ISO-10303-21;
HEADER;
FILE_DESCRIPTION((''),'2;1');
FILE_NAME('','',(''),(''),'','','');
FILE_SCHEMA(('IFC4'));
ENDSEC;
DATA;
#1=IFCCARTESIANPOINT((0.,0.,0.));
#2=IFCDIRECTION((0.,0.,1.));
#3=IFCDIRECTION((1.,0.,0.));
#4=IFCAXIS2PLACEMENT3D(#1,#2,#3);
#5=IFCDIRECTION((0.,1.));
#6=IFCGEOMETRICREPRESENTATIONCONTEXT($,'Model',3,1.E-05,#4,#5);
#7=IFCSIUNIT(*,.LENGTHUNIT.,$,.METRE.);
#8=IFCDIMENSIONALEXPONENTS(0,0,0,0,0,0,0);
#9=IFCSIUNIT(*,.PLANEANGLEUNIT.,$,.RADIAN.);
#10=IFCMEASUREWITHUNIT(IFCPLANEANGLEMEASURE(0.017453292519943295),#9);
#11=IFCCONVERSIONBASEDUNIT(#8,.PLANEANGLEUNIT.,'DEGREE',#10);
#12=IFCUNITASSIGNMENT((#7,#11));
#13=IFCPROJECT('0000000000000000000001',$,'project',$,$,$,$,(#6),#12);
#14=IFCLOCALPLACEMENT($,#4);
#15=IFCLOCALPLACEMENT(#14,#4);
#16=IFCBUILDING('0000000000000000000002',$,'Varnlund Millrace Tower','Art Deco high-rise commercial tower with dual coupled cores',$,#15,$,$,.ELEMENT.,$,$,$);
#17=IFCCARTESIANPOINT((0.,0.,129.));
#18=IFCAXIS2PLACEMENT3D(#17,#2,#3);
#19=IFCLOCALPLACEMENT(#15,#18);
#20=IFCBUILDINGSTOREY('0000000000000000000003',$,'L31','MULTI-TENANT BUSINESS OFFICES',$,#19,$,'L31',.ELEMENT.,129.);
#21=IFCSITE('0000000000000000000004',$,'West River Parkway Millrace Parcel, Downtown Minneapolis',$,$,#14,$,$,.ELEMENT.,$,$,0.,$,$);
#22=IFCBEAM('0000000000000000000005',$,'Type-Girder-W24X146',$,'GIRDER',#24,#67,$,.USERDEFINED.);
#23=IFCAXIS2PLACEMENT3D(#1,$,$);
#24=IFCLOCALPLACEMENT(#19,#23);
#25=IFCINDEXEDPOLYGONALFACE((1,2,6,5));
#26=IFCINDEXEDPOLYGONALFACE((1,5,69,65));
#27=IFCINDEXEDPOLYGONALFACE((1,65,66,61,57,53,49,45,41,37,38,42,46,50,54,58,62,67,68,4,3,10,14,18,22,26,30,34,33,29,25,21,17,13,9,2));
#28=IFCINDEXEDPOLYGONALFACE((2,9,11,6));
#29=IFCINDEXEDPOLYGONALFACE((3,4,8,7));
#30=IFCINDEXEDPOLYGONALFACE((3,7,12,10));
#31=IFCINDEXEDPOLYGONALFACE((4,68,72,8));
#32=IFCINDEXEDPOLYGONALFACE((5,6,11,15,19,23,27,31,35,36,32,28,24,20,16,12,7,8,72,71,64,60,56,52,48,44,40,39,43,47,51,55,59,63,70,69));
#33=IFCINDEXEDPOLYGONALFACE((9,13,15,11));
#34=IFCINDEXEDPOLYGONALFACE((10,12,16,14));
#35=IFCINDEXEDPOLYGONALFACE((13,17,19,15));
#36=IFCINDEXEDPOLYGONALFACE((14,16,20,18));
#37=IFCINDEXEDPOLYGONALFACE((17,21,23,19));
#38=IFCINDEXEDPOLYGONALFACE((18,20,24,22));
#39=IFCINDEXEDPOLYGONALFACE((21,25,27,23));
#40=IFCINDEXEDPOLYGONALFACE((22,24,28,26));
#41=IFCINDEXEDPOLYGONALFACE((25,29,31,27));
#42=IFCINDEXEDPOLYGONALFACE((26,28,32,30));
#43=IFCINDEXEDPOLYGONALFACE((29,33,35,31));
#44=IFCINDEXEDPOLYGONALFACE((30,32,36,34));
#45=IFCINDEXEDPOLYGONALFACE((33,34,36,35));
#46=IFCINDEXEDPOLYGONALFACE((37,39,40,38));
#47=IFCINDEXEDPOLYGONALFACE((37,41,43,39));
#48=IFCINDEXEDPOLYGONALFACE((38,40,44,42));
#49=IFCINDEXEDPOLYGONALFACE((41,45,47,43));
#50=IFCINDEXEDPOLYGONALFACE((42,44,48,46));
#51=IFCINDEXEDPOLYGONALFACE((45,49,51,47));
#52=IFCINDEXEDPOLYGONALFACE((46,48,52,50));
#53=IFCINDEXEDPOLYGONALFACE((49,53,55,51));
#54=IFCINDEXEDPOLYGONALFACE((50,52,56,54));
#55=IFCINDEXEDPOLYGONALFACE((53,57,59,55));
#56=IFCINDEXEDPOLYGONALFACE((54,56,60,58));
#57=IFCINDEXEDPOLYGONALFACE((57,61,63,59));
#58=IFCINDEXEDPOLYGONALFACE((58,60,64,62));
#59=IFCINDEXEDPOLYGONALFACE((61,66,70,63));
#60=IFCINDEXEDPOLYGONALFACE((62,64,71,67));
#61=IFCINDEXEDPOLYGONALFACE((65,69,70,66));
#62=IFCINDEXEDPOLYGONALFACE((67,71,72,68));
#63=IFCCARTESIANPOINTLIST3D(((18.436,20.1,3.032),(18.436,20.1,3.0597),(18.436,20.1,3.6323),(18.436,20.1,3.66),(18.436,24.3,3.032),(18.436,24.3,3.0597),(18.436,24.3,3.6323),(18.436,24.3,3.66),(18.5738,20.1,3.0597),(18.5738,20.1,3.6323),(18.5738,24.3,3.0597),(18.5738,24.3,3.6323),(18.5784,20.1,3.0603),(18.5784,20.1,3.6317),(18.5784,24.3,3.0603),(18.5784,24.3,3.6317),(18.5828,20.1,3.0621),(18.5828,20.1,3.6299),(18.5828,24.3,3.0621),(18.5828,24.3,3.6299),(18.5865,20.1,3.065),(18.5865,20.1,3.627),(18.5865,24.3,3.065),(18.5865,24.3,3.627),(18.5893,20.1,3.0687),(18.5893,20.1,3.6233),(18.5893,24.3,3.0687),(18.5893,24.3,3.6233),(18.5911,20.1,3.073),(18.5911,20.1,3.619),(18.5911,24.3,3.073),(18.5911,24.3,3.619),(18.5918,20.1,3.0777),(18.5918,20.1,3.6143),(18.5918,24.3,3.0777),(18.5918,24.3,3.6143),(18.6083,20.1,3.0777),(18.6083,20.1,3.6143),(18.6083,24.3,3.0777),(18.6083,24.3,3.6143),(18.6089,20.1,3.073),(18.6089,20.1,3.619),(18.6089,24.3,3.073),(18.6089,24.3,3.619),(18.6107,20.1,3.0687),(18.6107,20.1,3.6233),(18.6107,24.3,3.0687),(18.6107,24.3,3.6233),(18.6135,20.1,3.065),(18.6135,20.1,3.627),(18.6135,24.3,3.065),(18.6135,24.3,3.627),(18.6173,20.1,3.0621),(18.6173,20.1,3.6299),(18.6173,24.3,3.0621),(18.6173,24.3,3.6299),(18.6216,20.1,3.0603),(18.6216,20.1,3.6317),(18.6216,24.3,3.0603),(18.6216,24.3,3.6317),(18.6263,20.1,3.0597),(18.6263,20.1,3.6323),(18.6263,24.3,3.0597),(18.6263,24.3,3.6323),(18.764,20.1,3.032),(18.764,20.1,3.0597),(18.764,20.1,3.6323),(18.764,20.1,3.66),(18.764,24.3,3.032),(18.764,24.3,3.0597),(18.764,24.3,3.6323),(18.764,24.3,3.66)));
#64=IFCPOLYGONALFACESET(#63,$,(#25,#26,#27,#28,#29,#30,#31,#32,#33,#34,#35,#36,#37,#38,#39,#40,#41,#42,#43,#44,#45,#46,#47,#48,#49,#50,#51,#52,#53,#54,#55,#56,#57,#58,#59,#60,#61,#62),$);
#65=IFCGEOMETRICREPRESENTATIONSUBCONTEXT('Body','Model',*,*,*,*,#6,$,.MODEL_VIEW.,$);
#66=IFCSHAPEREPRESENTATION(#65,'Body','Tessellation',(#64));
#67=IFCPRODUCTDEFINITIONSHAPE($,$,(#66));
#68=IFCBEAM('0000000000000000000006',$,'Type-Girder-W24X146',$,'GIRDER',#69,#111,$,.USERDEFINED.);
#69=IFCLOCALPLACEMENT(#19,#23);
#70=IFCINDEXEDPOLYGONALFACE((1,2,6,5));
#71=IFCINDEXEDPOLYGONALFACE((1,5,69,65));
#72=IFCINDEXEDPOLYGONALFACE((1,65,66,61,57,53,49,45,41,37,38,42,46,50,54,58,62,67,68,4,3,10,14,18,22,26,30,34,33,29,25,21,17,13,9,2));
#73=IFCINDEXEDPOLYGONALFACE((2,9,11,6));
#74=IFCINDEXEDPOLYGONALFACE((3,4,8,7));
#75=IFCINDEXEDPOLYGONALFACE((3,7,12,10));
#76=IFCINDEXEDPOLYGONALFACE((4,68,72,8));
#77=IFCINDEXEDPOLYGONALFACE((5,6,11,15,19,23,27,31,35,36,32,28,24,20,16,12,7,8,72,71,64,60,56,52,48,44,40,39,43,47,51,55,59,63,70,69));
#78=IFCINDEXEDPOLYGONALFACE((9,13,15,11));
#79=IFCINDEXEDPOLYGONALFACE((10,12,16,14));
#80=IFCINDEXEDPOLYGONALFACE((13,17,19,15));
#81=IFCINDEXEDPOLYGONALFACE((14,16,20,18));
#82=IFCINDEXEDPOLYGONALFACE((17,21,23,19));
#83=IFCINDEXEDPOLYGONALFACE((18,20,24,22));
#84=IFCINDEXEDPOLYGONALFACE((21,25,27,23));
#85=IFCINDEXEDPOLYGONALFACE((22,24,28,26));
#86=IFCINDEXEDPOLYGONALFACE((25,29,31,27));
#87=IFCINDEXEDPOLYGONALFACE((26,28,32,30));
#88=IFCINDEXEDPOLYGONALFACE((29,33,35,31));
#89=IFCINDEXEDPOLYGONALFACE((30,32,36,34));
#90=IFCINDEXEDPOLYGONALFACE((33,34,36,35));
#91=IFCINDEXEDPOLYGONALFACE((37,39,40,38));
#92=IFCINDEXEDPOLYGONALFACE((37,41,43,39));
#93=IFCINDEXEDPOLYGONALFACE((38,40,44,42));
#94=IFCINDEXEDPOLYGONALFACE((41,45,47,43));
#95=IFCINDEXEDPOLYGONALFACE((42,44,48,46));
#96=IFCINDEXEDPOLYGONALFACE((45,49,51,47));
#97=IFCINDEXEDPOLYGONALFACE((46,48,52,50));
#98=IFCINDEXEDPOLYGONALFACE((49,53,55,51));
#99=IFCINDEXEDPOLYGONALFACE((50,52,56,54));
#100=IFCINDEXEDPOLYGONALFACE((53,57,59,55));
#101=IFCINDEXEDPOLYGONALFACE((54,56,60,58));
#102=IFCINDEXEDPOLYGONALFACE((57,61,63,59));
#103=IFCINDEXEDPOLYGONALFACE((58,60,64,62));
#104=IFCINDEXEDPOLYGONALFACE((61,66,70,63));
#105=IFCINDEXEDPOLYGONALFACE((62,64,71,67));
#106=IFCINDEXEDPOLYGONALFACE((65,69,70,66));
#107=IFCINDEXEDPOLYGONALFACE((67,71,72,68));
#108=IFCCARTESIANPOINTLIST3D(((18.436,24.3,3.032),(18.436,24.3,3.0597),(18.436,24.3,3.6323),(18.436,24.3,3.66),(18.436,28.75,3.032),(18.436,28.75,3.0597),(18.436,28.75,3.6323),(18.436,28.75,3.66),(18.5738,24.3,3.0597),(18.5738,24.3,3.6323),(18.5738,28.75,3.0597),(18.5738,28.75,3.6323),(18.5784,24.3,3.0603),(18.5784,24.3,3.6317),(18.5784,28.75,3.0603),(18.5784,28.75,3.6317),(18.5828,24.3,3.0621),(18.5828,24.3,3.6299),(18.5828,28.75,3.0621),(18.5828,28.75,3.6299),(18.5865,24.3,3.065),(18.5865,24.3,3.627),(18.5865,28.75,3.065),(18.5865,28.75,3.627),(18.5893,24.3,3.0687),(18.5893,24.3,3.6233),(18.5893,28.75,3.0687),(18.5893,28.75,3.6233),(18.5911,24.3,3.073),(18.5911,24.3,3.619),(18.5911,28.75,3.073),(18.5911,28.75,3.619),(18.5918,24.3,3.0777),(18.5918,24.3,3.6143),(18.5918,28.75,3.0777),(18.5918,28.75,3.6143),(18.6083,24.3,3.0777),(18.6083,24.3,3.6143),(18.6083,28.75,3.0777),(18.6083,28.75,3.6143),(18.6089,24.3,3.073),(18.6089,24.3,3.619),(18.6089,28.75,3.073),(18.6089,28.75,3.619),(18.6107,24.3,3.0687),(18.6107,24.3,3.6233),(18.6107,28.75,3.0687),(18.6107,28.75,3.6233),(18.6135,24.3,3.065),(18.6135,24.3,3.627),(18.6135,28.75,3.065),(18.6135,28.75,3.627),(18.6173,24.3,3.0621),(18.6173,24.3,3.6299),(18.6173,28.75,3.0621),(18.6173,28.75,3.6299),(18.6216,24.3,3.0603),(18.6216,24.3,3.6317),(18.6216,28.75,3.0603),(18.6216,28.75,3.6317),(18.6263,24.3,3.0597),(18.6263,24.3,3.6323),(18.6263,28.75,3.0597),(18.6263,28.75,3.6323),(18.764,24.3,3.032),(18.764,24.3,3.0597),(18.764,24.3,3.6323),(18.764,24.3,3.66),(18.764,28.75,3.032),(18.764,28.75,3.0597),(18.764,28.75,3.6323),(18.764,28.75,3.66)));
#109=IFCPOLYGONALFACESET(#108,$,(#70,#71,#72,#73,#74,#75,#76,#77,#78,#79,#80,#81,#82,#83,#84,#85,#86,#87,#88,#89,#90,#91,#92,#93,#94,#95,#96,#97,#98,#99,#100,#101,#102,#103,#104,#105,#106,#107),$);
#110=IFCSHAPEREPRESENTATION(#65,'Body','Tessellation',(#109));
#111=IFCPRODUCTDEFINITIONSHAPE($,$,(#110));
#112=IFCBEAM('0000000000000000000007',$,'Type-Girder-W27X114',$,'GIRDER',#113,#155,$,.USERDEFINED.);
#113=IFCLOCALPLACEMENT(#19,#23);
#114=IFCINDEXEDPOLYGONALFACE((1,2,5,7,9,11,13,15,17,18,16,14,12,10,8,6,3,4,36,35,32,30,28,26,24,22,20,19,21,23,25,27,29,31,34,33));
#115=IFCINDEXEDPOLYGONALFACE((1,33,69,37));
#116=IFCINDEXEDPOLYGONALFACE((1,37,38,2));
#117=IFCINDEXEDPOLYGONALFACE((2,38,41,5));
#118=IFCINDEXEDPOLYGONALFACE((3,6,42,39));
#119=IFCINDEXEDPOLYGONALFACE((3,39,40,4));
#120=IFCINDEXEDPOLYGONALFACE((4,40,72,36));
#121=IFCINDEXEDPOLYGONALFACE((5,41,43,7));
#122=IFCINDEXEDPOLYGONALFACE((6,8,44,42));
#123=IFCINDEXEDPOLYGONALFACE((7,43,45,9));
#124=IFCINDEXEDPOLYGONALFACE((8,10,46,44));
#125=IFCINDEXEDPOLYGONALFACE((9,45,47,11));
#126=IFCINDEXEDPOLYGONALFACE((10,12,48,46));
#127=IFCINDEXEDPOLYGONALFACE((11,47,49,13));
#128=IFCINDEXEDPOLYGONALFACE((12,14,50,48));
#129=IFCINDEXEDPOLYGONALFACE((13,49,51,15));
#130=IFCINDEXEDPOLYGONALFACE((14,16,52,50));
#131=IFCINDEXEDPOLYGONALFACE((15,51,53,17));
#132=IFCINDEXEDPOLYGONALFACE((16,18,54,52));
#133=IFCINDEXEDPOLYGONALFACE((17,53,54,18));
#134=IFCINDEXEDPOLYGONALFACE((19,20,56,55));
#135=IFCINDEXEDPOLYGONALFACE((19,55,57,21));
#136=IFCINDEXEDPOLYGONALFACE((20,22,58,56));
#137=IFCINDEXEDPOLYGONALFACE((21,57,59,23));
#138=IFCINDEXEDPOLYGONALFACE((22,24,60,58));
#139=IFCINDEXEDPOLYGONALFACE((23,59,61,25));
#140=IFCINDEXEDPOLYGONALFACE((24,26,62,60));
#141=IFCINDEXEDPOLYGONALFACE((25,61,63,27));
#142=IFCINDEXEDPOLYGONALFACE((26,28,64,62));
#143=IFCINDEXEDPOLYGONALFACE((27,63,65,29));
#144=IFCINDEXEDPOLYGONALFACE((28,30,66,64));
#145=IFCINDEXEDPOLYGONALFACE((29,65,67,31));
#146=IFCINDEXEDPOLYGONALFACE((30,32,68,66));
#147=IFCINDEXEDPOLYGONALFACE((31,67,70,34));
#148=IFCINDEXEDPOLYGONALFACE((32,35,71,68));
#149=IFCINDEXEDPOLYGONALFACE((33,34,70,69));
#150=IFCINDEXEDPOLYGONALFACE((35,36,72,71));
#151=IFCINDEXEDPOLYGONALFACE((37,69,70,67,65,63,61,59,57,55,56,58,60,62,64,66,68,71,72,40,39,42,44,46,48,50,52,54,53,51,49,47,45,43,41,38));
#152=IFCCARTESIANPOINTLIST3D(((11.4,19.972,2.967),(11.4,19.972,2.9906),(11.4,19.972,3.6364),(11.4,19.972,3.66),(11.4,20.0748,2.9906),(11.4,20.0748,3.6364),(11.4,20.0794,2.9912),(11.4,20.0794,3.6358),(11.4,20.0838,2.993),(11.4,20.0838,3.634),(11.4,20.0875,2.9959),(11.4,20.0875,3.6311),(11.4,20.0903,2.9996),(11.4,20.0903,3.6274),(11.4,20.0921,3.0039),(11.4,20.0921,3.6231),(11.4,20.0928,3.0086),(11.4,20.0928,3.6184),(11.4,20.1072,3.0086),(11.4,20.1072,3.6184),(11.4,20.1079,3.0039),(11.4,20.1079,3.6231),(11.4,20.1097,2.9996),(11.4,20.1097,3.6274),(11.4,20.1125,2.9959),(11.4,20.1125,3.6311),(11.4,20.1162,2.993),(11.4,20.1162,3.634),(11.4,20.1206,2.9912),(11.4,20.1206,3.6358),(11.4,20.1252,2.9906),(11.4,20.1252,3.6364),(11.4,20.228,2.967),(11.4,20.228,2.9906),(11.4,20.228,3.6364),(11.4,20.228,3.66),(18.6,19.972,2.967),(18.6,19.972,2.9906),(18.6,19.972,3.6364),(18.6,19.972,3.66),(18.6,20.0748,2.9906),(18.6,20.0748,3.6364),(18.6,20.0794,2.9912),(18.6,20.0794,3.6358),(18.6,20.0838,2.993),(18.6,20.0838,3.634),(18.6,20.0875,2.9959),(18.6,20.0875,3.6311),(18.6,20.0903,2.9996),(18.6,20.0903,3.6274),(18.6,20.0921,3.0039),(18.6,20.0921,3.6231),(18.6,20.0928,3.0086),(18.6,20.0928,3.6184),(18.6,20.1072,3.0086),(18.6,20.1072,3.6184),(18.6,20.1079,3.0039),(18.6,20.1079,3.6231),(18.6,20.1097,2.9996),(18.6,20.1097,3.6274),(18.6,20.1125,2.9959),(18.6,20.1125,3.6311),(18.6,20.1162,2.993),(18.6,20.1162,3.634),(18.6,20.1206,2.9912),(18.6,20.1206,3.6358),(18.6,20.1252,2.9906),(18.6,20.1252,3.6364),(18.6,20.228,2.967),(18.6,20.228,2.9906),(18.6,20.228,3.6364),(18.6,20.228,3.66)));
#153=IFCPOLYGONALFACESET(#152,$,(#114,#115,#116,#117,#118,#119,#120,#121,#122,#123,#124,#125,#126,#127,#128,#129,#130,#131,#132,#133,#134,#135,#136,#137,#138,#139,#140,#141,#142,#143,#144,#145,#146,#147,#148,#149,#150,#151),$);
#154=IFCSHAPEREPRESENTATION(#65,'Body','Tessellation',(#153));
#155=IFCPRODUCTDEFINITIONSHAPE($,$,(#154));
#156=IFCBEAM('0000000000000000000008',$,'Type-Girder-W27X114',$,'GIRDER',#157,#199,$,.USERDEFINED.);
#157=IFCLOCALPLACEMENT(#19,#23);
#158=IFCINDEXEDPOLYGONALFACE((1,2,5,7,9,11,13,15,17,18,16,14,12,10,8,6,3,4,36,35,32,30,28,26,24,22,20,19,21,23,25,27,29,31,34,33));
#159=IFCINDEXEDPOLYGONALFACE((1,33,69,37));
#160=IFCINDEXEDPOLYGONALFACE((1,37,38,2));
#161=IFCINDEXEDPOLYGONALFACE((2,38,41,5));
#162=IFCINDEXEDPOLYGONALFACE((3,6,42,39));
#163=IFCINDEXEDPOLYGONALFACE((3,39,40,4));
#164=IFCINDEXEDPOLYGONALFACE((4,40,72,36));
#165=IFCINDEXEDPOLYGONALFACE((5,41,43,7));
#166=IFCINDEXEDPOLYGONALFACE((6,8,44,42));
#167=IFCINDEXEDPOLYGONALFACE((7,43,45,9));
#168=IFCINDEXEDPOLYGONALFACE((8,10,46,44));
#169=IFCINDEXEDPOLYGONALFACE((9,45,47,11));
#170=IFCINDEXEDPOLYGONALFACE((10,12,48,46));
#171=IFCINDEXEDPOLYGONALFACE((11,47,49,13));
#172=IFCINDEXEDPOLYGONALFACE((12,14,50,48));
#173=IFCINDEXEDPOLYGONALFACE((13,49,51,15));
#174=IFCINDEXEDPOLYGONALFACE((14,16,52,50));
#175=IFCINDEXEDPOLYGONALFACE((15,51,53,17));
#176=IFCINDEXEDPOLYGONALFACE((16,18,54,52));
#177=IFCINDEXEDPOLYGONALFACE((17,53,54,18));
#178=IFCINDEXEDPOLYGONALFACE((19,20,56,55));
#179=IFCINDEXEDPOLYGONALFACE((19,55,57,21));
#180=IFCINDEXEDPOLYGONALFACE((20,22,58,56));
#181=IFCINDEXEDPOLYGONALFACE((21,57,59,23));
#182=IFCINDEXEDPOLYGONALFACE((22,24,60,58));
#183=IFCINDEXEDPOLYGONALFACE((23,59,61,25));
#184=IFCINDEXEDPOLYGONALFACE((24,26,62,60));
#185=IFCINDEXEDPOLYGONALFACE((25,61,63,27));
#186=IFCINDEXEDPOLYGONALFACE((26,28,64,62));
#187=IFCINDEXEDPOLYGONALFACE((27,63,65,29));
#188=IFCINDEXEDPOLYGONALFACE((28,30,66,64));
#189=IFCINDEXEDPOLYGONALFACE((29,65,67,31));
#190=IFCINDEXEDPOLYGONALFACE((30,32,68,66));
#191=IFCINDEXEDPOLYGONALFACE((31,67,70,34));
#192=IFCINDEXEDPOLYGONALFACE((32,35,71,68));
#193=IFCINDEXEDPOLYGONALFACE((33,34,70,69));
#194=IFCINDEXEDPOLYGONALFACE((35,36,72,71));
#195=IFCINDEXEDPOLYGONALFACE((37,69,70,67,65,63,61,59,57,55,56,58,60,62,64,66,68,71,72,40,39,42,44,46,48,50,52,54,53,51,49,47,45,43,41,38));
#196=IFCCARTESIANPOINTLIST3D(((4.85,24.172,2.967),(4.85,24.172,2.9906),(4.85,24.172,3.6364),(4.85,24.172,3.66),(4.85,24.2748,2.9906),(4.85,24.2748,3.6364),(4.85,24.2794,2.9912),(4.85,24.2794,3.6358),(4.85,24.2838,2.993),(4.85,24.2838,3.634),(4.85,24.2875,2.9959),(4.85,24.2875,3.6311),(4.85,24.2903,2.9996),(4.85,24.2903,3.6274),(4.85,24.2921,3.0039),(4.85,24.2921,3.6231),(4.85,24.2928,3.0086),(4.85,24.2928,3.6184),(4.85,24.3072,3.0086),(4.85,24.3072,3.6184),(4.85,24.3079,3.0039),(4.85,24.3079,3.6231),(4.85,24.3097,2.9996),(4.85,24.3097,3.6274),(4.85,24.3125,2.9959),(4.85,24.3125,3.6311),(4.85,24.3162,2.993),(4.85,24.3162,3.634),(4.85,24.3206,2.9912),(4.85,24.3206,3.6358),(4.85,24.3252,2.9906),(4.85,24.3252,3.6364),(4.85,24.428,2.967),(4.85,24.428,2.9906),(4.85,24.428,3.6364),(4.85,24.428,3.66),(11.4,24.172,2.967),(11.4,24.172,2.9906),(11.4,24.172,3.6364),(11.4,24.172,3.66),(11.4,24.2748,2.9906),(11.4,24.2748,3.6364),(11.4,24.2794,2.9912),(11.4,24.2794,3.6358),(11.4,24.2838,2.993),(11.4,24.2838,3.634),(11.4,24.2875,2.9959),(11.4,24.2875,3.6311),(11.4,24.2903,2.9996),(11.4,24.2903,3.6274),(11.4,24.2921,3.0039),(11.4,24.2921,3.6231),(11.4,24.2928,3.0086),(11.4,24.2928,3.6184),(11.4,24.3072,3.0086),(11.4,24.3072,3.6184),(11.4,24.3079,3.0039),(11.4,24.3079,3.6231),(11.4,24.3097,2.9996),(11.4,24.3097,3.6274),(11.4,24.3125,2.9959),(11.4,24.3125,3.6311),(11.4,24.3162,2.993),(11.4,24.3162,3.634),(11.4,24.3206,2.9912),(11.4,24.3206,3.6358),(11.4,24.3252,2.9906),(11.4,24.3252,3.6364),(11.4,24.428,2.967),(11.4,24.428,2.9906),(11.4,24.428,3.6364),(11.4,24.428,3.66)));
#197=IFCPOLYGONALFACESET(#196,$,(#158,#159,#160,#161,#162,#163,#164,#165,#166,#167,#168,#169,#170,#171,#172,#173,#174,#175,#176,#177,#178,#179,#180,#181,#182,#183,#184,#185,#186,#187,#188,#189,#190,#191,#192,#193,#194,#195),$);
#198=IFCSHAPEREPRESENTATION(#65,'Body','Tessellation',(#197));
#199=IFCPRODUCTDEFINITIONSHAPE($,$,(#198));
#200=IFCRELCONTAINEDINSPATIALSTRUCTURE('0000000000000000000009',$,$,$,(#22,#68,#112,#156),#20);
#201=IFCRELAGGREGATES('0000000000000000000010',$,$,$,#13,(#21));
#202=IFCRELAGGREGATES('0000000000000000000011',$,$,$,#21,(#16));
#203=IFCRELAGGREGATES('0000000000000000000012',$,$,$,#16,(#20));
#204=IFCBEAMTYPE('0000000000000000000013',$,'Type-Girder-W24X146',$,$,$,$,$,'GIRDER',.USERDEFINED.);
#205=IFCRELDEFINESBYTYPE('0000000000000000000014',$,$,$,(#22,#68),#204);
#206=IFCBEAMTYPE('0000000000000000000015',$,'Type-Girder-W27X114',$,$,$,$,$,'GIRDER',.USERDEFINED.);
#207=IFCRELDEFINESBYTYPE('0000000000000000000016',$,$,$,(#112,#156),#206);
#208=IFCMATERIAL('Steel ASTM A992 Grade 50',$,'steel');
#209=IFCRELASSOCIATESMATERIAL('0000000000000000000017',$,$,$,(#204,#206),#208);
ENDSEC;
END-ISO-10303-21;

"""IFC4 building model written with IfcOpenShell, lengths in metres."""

from ifc_helpers import new_model, entity, si_unit, converted_unit, direction, frame, origin_with_axes, origin_2d_with_axis, place, context, subcontext, project, spatial, i_section, extrude, material, material_profile, profile_set, type_object, element, save


model = new_model("IFC4")

# Units and contexts
model_context = context("Model", 3, precision=1e-05, world=origin_with_axes(), true_north=direction((0.0, 1.0)))
body_context = subcontext(model_context, "Body", "Model", "MODEL_VIEW")
ifc_project = project(units=[si_unit("LENGTHUNIT", "METRE"), converted_unit("PLANEANGLEUNIT", "DEGREE", entity("IfcPlaneAngleMeasure", 0.017453292519943295), si_unit("PLANEANGLEUNIT", "RADIAN"), dimensions=[0, 0, 0, 0, 0, 0, 0])], contexts=[model_context])

# Site, building, storey
site_placement = place(None, origin_with_axes())
site = spatial("IfcSite", under=ifc_project, at=site_placement, Name="West River Parkway Millrace Parcel, Downtown Minneapolis", CompositionType="ELEMENT", RefElevation=0.0)
building_placement = place(site_placement, origin_with_axes())
building = spatial("IfcBuilding", under=site, at=building_placement, Name="Varnlund Millrace Tower", Description="Art Deco high-rise commercial tower with dual coupled cores", CompositionType="ELEMENT")
storey_placement = place(building_placement, frame((0.0, 0.0, 129.0), z_axis=(0.0, 0.0, 1.0), x_axis=(1.0, 0.0, 0.0)))
storey = spatial("IfcBuildingStorey", under=building, at=storey_placement, Name="L31", Description="MULTI-TENANT BUSINESS OFFICES", LongName="L31", CompositionType="ELEMENT", Elevation=129.0)

# Beams
ifc_material_1 = material(Name="Steel ASTM A992 Grade 50", Category="steel")
ifc_material_profile_1 = material_profile(ifc_material_1, i_section(OverallWidth=0.328, OverallDepth=0.628, WebThickness=0.0165, FlangeThickness=0.0277, FilletRadius=0.018, at=origin_2d_with_axis()), Name="Steel ASTM A992 Grade 50")
ifc_profile_set_1 = profile_set([ifc_material_profile_1], Name="Steel ASTM A992 Grade 50")
beam_type_1 = type_object("IfcBeamType", Name="Type-Girder-W24X146", ElementType="GIRDER", PredefinedType="USERDEFINED", material=ifc_profile_set_1)
beam_1_placement = place(storey_placement, frame((18.6, 20.1, 3.346), z_axis=(0.0, 1.0, 0.0), x_axis=(-1.0, 0.0, 0.0)))
element("IfcBeam", 1, at=beam_1_placement, inside=storey, type_object=beam_type_1, Name="Type-Girder-W24X146", ObjectType="GIRDER", PredefinedType="USERDEFINED", context=body_context, shape_type="SweptSolid", body=[
    extrude(i_section(OverallWidth=0.328, OverallDepth=0.628, WebThickness=0.0165, FlangeThickness=0.0277, FilletRadius=0.018, at=origin_2d_with_axis()), origin_with_axes(), (0.0, 0.0, 1.0), 4.2),
])
beam_2_placement = place(storey_placement, frame((18.6, 24.3, 3.346), z_axis=(0.0, 1.0, 0.0), x_axis=(-1.0, 0.0, 0.0)))
element("IfcBeam", 2, at=beam_2_placement, inside=storey, type_object=beam_type_1, Name="Type-Girder-W24X146", ObjectType="GIRDER", PredefinedType="USERDEFINED", context=body_context, shape_type="SweptSolid", body=[
    extrude(i_section(OverallWidth=0.328, OverallDepth=0.628, WebThickness=0.0165, FlangeThickness=0.0277, FilletRadius=0.018, at=origin_2d_with_axis()), origin_with_axes(), (0.0, 0.0, 1.0), 4.45),
])
ifc_material_profile_2 = material_profile(ifc_material_1, i_section(OverallWidth=0.256, OverallDepth=0.693, WebThickness=0.0145, FlangeThickness=0.0236, FilletRadius=0.018, at=origin_2d_with_axis()), Name="Steel ASTM A992 Grade 50")
ifc_profile_set_2 = profile_set([ifc_material_profile_2], Name="Steel ASTM A992 Grade 50")
beam_type_2 = type_object("IfcBeamType", Name="Type-Girder-W27X114", ElementType="GIRDER", PredefinedType="USERDEFINED", material=ifc_profile_set_2)
beam_3_placement = place(storey_placement, frame((11.4, 20.1, 3.3135), z_axis=(1.0, 0.0, 0.0), x_axis=(0.0, 1.0, 0.0)))
element("IfcBeam", 3, at=beam_3_placement, inside=storey, type_object=beam_type_2, Name="Type-Girder-W27X114", ObjectType="GIRDER", PredefinedType="USERDEFINED", context=body_context, shape_type="SweptSolid", body=[
    extrude(i_section(OverallWidth=0.256, OverallDepth=0.693, WebThickness=0.0145, FlangeThickness=0.0236, FilletRadius=0.018, at=origin_2d_with_axis()), origin_with_axes(), (0.0, 0.0, 1.0), 7.2),
])
beam_4_placement = place(storey_placement, frame((4.85, 24.3, 3.3135), z_axis=(1.0, 0.0, 0.0), x_axis=(0.0, 1.0, 0.0)))
element("IfcBeam", 4, at=beam_4_placement, inside=storey, type_object=beam_type_2, Name="Type-Girder-W27X114", ObjectType="GIRDER", PredefinedType="USERDEFINED", context=body_context, shape_type="SweptSolid", body=[
    extrude(i_section(OverallWidth=0.256, OverallDepth=0.693, WebThickness=0.0145, FlangeThickness=0.0236, FilletRadius=0.018, at=origin_2d_with_axis()), origin_with_axes(), (0.0, 0.0, 1.0), 6.55),
])

save(model, "model.ifc")
